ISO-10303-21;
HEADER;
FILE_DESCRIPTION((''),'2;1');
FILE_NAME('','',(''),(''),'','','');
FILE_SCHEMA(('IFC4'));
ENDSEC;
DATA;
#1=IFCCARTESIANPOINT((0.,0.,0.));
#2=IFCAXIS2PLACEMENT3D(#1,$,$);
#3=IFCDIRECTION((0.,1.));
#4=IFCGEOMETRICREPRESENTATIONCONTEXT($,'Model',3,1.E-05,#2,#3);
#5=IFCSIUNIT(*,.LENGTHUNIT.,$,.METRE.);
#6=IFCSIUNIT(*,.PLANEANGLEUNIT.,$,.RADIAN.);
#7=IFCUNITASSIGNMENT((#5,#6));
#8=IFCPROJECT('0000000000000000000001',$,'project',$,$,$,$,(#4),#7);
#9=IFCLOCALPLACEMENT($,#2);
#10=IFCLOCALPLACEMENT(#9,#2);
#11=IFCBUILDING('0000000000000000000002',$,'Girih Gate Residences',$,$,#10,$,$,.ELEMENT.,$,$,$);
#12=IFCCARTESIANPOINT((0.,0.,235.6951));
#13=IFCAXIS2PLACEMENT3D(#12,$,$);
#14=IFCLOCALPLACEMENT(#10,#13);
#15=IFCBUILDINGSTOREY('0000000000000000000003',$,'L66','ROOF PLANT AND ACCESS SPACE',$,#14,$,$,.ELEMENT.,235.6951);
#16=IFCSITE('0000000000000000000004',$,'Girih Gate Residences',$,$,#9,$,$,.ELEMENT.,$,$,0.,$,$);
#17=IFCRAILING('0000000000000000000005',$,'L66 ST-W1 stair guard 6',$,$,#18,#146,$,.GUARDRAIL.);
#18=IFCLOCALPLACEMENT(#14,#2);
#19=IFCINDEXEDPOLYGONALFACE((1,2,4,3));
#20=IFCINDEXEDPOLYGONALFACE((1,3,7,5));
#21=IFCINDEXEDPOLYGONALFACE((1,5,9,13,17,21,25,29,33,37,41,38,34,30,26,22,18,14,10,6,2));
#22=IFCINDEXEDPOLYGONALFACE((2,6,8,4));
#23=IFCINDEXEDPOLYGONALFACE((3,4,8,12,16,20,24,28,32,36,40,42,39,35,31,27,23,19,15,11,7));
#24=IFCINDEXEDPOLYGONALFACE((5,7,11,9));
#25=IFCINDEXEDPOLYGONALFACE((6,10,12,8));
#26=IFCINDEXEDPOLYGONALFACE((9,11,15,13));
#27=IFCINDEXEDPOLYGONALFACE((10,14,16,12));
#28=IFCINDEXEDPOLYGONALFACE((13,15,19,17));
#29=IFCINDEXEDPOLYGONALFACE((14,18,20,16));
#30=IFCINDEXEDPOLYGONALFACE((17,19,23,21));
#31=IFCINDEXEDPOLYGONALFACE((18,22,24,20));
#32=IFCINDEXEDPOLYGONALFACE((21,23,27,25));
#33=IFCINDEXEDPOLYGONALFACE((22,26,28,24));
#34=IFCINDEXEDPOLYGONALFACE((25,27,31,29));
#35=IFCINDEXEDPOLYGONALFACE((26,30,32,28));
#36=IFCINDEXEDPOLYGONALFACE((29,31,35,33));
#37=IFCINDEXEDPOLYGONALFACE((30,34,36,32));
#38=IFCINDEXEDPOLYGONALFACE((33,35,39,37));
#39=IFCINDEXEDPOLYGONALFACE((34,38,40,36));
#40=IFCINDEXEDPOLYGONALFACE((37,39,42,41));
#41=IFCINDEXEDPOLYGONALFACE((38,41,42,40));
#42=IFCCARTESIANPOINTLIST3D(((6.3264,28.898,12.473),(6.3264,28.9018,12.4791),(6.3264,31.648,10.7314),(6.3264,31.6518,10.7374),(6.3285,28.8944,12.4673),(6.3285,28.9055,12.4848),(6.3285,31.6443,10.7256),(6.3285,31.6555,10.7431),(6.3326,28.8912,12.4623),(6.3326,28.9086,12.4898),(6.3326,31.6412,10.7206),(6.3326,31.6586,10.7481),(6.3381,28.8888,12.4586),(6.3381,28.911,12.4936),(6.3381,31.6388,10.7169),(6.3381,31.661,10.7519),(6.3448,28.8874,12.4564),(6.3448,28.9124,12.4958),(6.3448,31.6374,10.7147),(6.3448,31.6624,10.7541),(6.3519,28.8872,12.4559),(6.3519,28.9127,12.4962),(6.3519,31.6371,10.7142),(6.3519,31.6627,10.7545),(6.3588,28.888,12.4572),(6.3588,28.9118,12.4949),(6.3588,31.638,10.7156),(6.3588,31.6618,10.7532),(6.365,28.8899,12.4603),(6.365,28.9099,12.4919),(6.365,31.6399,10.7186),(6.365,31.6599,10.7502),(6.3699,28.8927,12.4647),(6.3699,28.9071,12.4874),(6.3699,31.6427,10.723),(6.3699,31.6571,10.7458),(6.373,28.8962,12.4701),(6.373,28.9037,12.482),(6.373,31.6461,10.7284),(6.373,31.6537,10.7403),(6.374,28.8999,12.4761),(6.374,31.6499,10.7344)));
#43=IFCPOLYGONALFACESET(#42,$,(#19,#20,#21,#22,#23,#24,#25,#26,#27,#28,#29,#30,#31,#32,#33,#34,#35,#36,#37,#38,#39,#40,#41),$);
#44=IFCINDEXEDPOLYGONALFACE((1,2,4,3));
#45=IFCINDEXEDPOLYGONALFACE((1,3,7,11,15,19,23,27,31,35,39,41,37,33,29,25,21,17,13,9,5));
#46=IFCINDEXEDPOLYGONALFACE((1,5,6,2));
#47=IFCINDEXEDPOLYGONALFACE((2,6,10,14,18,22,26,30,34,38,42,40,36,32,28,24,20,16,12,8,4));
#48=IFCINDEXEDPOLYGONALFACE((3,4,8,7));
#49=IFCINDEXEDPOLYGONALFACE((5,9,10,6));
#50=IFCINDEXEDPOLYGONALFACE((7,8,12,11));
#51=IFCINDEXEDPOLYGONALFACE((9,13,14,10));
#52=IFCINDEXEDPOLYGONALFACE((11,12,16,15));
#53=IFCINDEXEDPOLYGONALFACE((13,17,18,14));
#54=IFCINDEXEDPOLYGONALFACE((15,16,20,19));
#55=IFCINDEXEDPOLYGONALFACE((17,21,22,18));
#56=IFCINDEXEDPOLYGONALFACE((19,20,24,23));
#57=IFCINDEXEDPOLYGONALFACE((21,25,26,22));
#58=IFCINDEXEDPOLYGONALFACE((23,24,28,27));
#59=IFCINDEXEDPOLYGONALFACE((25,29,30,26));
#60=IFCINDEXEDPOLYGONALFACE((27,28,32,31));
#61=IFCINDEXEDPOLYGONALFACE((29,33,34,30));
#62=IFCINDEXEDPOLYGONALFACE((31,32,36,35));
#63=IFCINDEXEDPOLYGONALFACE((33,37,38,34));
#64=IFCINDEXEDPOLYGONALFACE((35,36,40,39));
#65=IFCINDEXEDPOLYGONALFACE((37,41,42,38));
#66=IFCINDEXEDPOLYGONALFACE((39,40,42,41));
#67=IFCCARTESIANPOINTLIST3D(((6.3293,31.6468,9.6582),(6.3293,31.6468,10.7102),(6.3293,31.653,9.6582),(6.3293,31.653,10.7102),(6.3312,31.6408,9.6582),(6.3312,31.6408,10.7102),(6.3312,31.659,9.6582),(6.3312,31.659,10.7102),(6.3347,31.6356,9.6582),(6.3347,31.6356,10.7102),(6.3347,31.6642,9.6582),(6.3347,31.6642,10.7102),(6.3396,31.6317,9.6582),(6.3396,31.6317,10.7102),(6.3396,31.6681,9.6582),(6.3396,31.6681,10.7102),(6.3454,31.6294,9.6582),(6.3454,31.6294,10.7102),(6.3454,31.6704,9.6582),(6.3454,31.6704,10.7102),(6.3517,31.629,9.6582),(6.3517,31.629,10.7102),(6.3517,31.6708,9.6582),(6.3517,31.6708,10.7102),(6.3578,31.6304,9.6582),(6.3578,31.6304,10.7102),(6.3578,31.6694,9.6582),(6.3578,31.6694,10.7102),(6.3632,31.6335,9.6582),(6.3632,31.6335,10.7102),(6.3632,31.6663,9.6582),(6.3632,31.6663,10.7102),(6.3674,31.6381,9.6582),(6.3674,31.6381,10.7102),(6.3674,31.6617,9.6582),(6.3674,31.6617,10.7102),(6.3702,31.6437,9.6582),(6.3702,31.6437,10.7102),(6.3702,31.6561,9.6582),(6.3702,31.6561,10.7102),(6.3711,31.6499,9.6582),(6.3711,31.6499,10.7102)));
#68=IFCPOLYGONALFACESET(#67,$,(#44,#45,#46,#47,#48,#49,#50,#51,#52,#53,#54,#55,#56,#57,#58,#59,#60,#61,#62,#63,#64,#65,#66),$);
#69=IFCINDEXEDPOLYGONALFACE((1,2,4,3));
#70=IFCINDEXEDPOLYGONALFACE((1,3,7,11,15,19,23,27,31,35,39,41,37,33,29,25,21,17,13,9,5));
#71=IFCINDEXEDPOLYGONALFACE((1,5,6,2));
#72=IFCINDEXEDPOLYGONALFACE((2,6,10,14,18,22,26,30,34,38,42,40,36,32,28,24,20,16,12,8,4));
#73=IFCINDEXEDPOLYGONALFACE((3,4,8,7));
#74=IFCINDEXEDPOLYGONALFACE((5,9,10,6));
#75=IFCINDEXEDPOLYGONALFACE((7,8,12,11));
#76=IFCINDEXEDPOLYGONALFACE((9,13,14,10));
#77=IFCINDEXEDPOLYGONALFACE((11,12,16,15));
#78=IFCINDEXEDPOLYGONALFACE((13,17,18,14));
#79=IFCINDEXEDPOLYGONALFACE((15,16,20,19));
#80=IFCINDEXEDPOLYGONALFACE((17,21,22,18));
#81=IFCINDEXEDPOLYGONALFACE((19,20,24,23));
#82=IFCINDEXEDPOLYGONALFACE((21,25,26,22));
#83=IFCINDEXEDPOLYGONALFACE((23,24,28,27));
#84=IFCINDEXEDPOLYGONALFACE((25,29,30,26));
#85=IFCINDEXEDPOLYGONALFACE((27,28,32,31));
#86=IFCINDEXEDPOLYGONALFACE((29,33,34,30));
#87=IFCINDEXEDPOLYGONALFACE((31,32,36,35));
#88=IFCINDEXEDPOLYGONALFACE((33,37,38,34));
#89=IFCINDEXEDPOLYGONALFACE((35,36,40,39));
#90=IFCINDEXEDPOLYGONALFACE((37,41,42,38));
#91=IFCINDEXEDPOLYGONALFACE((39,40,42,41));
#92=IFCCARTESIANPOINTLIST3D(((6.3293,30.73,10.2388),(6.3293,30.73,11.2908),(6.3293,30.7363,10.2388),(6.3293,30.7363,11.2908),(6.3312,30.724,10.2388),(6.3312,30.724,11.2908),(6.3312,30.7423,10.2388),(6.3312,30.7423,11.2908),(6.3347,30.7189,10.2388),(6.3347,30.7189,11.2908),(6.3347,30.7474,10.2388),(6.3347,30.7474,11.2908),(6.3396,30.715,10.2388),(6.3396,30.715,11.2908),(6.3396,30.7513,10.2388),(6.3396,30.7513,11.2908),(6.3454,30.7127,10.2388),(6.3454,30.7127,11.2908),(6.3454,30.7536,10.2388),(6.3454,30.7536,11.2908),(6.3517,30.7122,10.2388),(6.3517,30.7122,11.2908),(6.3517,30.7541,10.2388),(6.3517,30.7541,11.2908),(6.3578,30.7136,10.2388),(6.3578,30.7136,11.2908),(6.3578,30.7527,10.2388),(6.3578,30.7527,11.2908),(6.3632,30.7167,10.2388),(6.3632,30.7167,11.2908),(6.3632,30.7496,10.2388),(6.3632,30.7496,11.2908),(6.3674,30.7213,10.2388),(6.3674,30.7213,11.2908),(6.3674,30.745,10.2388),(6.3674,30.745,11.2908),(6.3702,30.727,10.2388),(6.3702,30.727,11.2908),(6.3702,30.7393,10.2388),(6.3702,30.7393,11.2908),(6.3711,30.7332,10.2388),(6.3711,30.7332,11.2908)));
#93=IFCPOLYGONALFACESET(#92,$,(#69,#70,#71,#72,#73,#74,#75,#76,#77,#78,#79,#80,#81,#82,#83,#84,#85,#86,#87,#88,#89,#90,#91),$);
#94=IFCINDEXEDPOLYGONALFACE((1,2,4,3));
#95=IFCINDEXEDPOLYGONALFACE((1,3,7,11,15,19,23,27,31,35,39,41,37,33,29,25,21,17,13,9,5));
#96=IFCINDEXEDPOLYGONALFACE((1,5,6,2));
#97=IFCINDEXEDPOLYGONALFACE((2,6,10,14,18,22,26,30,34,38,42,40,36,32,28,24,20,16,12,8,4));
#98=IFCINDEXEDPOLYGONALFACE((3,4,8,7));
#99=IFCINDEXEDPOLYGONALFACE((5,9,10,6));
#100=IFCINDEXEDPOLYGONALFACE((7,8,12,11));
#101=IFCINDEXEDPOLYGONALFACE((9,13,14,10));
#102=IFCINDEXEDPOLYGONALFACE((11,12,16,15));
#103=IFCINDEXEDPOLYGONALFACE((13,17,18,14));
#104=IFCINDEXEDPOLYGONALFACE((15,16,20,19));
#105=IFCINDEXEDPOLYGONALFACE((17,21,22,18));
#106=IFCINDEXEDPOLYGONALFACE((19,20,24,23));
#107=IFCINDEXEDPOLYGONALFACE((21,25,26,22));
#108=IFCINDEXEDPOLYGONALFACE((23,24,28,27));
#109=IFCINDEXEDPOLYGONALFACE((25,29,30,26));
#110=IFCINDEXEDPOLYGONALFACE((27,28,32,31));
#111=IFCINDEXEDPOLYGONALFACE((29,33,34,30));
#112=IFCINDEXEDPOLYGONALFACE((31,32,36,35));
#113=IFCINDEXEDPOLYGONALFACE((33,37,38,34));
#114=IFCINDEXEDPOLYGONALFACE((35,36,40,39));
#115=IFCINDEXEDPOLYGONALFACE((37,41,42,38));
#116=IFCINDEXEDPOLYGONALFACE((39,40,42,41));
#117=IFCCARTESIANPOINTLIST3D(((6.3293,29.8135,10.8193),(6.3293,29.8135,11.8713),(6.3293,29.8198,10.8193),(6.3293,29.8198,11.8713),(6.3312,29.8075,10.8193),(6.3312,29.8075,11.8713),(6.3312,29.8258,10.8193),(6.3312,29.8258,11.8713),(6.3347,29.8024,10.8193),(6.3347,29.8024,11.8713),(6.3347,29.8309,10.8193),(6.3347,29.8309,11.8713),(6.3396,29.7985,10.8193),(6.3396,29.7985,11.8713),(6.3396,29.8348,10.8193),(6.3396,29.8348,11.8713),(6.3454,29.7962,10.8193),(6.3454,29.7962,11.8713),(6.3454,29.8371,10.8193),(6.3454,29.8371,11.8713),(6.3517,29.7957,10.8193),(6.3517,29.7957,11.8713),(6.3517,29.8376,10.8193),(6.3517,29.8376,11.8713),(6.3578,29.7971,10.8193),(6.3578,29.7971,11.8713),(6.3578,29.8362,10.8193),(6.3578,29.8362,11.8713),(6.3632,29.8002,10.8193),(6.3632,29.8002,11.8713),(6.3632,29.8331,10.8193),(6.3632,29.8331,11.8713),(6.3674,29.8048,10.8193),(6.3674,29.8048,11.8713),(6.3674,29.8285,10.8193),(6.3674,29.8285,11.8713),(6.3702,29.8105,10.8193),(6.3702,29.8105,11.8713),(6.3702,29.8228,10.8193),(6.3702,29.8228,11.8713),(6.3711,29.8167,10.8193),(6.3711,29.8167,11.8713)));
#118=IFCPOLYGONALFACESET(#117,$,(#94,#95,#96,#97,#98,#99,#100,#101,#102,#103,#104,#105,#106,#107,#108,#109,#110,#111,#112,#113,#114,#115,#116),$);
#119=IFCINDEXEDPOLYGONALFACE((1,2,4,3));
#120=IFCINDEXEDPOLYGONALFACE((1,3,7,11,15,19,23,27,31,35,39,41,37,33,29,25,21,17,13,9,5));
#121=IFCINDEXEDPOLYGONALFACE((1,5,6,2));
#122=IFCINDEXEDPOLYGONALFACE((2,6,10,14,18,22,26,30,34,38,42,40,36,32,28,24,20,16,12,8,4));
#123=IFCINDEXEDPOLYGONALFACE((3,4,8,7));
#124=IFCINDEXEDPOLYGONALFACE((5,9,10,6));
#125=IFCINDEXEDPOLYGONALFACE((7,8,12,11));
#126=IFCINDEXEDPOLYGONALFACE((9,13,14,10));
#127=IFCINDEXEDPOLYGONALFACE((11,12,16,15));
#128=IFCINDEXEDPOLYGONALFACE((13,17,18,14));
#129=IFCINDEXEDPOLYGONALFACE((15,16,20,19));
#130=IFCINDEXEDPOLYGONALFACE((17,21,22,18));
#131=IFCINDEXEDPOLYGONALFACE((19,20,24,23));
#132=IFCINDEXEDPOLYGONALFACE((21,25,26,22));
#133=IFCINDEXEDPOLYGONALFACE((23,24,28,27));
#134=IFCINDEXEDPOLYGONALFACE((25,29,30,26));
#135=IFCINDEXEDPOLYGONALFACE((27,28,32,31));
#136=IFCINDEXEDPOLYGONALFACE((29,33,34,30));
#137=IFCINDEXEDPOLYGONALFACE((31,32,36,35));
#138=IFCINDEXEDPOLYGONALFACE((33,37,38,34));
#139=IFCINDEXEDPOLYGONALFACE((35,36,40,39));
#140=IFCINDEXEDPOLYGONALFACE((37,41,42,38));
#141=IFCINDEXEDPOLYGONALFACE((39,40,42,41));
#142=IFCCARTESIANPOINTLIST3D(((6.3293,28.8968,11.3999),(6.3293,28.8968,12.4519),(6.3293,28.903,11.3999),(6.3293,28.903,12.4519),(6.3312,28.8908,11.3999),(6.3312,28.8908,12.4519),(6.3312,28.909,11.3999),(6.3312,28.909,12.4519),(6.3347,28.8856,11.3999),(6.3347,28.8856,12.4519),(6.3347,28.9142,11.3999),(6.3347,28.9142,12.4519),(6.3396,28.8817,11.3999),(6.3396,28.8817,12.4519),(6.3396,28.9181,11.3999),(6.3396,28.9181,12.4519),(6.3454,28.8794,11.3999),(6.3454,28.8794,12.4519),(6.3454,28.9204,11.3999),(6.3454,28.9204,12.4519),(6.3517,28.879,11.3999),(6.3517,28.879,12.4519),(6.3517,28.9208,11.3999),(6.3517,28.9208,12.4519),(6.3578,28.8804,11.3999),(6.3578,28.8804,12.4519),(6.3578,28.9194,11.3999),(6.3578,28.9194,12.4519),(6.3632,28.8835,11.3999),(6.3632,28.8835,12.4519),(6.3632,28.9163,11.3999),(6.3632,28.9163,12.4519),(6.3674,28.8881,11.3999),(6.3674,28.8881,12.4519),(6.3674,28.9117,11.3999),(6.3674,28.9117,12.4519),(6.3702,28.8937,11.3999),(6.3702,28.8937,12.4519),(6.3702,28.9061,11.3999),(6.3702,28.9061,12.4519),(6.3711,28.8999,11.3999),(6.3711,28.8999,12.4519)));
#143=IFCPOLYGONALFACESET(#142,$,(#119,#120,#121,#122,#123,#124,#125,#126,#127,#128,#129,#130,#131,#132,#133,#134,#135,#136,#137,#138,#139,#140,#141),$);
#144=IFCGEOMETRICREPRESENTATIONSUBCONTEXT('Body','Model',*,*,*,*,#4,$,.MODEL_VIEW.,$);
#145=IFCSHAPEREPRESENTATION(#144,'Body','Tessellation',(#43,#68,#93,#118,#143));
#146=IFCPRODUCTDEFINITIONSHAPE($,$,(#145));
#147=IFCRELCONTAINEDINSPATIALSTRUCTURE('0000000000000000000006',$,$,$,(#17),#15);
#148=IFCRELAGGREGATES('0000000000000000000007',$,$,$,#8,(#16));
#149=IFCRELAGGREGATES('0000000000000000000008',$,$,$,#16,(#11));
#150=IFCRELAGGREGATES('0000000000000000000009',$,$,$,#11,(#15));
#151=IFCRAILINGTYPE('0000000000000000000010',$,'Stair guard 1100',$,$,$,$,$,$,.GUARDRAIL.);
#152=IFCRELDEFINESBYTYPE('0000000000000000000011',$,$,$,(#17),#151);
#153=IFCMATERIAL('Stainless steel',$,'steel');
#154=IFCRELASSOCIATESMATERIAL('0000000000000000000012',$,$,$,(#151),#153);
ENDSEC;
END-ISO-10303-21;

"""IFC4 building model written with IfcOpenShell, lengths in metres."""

from ifc_helpers import new_model, si_unit, direction, frame, origin, origin_2d, place, context, subcontext, project, spatial, circle, extrude, material, type_object, element, save


model = new_model("IFC4")

# Units and contexts
model_context = context("Model", 3, precision=1e-05, world=origin(), true_north=direction((0.0, 1.0)))
body_context = subcontext(model_context, "Body", "Model", "MODEL_VIEW")
ifc_project = project(units=[si_unit("LENGTHUNIT", "METRE"), si_unit("PLANEANGLEUNIT", "RADIAN")], contexts=[model_context])

# Site, building, storey
site_placement = place(None, origin())
site = spatial("IfcSite", under=ifc_project, at=site_placement, Name="Girih Gate Residences", CompositionType="ELEMENT", RefElevation=0.0)
building_placement = place(site_placement, origin())
building = spatial("IfcBuilding", under=site, at=building_placement, Name="Girih Gate Residences", CompositionType="ELEMENT")
storey_placement = place(building_placement, frame((0.0, 0.0, 235.6951)))
storey = spatial("IfcBuildingStorey", under=building, at=storey_placement, Name="L66", Description="ROOF PLANT AND ACCESS SPACE", CompositionType="ELEMENT", Elevation=235.6951)

# Shared definitions
ifc_material_1 = material(Name="Stainless steel", Category="steel")

# Railing
railing_type_1 = type_object("IfcRailingType", Name="Stair guard 1100", PredefinedType="GUARDRAIL", material=ifc_material_1)
for number, where, name in (
    (1, (6.3501, 31.6499, 9.6582), "L66 ST-W1 stair guard 6"),
):
    element("IfcRailing", number, at=place(storey_placement, frame(where)), inside=storey, type_object=railing_type_1, Name=name, PredefinedType="GUARDRAIL", context=body_context, shape_type="SweptSolid", body=[
        extrude(circle(Radius=0.0239, at=origin_2d()), frame((0.0, 0.0, 1.0762), z_axis=(0.0, -0.844815, 0.535059), x_axis=(1.0, 0.0, 0.0)), (0.0, 0.0, 1.0), 3.2551),
        extrude(circle(Radius=0.021, at=origin_2d()), origin(), (0.0, 0.0, 1.0), 1.052),
        extrude(circle(Radius=0.021, at=origin_2d()), frame((0.0, -0.9167, 0.5806)), (0.0, 0.0, 1.0), 1.052),
        extrude(circle(Radius=0.021, at=origin_2d()), frame((0.0, -1.8333, 1.1611)), (0.0, 0.0, 1.0), 1.052),
        extrude(circle(Radius=0.021, at=origin_2d()), frame((0.0, -2.75, 1.7417)), (0.0, 0.0, 1.0), 1.052),
    ])

save(model, "model.ifc")
